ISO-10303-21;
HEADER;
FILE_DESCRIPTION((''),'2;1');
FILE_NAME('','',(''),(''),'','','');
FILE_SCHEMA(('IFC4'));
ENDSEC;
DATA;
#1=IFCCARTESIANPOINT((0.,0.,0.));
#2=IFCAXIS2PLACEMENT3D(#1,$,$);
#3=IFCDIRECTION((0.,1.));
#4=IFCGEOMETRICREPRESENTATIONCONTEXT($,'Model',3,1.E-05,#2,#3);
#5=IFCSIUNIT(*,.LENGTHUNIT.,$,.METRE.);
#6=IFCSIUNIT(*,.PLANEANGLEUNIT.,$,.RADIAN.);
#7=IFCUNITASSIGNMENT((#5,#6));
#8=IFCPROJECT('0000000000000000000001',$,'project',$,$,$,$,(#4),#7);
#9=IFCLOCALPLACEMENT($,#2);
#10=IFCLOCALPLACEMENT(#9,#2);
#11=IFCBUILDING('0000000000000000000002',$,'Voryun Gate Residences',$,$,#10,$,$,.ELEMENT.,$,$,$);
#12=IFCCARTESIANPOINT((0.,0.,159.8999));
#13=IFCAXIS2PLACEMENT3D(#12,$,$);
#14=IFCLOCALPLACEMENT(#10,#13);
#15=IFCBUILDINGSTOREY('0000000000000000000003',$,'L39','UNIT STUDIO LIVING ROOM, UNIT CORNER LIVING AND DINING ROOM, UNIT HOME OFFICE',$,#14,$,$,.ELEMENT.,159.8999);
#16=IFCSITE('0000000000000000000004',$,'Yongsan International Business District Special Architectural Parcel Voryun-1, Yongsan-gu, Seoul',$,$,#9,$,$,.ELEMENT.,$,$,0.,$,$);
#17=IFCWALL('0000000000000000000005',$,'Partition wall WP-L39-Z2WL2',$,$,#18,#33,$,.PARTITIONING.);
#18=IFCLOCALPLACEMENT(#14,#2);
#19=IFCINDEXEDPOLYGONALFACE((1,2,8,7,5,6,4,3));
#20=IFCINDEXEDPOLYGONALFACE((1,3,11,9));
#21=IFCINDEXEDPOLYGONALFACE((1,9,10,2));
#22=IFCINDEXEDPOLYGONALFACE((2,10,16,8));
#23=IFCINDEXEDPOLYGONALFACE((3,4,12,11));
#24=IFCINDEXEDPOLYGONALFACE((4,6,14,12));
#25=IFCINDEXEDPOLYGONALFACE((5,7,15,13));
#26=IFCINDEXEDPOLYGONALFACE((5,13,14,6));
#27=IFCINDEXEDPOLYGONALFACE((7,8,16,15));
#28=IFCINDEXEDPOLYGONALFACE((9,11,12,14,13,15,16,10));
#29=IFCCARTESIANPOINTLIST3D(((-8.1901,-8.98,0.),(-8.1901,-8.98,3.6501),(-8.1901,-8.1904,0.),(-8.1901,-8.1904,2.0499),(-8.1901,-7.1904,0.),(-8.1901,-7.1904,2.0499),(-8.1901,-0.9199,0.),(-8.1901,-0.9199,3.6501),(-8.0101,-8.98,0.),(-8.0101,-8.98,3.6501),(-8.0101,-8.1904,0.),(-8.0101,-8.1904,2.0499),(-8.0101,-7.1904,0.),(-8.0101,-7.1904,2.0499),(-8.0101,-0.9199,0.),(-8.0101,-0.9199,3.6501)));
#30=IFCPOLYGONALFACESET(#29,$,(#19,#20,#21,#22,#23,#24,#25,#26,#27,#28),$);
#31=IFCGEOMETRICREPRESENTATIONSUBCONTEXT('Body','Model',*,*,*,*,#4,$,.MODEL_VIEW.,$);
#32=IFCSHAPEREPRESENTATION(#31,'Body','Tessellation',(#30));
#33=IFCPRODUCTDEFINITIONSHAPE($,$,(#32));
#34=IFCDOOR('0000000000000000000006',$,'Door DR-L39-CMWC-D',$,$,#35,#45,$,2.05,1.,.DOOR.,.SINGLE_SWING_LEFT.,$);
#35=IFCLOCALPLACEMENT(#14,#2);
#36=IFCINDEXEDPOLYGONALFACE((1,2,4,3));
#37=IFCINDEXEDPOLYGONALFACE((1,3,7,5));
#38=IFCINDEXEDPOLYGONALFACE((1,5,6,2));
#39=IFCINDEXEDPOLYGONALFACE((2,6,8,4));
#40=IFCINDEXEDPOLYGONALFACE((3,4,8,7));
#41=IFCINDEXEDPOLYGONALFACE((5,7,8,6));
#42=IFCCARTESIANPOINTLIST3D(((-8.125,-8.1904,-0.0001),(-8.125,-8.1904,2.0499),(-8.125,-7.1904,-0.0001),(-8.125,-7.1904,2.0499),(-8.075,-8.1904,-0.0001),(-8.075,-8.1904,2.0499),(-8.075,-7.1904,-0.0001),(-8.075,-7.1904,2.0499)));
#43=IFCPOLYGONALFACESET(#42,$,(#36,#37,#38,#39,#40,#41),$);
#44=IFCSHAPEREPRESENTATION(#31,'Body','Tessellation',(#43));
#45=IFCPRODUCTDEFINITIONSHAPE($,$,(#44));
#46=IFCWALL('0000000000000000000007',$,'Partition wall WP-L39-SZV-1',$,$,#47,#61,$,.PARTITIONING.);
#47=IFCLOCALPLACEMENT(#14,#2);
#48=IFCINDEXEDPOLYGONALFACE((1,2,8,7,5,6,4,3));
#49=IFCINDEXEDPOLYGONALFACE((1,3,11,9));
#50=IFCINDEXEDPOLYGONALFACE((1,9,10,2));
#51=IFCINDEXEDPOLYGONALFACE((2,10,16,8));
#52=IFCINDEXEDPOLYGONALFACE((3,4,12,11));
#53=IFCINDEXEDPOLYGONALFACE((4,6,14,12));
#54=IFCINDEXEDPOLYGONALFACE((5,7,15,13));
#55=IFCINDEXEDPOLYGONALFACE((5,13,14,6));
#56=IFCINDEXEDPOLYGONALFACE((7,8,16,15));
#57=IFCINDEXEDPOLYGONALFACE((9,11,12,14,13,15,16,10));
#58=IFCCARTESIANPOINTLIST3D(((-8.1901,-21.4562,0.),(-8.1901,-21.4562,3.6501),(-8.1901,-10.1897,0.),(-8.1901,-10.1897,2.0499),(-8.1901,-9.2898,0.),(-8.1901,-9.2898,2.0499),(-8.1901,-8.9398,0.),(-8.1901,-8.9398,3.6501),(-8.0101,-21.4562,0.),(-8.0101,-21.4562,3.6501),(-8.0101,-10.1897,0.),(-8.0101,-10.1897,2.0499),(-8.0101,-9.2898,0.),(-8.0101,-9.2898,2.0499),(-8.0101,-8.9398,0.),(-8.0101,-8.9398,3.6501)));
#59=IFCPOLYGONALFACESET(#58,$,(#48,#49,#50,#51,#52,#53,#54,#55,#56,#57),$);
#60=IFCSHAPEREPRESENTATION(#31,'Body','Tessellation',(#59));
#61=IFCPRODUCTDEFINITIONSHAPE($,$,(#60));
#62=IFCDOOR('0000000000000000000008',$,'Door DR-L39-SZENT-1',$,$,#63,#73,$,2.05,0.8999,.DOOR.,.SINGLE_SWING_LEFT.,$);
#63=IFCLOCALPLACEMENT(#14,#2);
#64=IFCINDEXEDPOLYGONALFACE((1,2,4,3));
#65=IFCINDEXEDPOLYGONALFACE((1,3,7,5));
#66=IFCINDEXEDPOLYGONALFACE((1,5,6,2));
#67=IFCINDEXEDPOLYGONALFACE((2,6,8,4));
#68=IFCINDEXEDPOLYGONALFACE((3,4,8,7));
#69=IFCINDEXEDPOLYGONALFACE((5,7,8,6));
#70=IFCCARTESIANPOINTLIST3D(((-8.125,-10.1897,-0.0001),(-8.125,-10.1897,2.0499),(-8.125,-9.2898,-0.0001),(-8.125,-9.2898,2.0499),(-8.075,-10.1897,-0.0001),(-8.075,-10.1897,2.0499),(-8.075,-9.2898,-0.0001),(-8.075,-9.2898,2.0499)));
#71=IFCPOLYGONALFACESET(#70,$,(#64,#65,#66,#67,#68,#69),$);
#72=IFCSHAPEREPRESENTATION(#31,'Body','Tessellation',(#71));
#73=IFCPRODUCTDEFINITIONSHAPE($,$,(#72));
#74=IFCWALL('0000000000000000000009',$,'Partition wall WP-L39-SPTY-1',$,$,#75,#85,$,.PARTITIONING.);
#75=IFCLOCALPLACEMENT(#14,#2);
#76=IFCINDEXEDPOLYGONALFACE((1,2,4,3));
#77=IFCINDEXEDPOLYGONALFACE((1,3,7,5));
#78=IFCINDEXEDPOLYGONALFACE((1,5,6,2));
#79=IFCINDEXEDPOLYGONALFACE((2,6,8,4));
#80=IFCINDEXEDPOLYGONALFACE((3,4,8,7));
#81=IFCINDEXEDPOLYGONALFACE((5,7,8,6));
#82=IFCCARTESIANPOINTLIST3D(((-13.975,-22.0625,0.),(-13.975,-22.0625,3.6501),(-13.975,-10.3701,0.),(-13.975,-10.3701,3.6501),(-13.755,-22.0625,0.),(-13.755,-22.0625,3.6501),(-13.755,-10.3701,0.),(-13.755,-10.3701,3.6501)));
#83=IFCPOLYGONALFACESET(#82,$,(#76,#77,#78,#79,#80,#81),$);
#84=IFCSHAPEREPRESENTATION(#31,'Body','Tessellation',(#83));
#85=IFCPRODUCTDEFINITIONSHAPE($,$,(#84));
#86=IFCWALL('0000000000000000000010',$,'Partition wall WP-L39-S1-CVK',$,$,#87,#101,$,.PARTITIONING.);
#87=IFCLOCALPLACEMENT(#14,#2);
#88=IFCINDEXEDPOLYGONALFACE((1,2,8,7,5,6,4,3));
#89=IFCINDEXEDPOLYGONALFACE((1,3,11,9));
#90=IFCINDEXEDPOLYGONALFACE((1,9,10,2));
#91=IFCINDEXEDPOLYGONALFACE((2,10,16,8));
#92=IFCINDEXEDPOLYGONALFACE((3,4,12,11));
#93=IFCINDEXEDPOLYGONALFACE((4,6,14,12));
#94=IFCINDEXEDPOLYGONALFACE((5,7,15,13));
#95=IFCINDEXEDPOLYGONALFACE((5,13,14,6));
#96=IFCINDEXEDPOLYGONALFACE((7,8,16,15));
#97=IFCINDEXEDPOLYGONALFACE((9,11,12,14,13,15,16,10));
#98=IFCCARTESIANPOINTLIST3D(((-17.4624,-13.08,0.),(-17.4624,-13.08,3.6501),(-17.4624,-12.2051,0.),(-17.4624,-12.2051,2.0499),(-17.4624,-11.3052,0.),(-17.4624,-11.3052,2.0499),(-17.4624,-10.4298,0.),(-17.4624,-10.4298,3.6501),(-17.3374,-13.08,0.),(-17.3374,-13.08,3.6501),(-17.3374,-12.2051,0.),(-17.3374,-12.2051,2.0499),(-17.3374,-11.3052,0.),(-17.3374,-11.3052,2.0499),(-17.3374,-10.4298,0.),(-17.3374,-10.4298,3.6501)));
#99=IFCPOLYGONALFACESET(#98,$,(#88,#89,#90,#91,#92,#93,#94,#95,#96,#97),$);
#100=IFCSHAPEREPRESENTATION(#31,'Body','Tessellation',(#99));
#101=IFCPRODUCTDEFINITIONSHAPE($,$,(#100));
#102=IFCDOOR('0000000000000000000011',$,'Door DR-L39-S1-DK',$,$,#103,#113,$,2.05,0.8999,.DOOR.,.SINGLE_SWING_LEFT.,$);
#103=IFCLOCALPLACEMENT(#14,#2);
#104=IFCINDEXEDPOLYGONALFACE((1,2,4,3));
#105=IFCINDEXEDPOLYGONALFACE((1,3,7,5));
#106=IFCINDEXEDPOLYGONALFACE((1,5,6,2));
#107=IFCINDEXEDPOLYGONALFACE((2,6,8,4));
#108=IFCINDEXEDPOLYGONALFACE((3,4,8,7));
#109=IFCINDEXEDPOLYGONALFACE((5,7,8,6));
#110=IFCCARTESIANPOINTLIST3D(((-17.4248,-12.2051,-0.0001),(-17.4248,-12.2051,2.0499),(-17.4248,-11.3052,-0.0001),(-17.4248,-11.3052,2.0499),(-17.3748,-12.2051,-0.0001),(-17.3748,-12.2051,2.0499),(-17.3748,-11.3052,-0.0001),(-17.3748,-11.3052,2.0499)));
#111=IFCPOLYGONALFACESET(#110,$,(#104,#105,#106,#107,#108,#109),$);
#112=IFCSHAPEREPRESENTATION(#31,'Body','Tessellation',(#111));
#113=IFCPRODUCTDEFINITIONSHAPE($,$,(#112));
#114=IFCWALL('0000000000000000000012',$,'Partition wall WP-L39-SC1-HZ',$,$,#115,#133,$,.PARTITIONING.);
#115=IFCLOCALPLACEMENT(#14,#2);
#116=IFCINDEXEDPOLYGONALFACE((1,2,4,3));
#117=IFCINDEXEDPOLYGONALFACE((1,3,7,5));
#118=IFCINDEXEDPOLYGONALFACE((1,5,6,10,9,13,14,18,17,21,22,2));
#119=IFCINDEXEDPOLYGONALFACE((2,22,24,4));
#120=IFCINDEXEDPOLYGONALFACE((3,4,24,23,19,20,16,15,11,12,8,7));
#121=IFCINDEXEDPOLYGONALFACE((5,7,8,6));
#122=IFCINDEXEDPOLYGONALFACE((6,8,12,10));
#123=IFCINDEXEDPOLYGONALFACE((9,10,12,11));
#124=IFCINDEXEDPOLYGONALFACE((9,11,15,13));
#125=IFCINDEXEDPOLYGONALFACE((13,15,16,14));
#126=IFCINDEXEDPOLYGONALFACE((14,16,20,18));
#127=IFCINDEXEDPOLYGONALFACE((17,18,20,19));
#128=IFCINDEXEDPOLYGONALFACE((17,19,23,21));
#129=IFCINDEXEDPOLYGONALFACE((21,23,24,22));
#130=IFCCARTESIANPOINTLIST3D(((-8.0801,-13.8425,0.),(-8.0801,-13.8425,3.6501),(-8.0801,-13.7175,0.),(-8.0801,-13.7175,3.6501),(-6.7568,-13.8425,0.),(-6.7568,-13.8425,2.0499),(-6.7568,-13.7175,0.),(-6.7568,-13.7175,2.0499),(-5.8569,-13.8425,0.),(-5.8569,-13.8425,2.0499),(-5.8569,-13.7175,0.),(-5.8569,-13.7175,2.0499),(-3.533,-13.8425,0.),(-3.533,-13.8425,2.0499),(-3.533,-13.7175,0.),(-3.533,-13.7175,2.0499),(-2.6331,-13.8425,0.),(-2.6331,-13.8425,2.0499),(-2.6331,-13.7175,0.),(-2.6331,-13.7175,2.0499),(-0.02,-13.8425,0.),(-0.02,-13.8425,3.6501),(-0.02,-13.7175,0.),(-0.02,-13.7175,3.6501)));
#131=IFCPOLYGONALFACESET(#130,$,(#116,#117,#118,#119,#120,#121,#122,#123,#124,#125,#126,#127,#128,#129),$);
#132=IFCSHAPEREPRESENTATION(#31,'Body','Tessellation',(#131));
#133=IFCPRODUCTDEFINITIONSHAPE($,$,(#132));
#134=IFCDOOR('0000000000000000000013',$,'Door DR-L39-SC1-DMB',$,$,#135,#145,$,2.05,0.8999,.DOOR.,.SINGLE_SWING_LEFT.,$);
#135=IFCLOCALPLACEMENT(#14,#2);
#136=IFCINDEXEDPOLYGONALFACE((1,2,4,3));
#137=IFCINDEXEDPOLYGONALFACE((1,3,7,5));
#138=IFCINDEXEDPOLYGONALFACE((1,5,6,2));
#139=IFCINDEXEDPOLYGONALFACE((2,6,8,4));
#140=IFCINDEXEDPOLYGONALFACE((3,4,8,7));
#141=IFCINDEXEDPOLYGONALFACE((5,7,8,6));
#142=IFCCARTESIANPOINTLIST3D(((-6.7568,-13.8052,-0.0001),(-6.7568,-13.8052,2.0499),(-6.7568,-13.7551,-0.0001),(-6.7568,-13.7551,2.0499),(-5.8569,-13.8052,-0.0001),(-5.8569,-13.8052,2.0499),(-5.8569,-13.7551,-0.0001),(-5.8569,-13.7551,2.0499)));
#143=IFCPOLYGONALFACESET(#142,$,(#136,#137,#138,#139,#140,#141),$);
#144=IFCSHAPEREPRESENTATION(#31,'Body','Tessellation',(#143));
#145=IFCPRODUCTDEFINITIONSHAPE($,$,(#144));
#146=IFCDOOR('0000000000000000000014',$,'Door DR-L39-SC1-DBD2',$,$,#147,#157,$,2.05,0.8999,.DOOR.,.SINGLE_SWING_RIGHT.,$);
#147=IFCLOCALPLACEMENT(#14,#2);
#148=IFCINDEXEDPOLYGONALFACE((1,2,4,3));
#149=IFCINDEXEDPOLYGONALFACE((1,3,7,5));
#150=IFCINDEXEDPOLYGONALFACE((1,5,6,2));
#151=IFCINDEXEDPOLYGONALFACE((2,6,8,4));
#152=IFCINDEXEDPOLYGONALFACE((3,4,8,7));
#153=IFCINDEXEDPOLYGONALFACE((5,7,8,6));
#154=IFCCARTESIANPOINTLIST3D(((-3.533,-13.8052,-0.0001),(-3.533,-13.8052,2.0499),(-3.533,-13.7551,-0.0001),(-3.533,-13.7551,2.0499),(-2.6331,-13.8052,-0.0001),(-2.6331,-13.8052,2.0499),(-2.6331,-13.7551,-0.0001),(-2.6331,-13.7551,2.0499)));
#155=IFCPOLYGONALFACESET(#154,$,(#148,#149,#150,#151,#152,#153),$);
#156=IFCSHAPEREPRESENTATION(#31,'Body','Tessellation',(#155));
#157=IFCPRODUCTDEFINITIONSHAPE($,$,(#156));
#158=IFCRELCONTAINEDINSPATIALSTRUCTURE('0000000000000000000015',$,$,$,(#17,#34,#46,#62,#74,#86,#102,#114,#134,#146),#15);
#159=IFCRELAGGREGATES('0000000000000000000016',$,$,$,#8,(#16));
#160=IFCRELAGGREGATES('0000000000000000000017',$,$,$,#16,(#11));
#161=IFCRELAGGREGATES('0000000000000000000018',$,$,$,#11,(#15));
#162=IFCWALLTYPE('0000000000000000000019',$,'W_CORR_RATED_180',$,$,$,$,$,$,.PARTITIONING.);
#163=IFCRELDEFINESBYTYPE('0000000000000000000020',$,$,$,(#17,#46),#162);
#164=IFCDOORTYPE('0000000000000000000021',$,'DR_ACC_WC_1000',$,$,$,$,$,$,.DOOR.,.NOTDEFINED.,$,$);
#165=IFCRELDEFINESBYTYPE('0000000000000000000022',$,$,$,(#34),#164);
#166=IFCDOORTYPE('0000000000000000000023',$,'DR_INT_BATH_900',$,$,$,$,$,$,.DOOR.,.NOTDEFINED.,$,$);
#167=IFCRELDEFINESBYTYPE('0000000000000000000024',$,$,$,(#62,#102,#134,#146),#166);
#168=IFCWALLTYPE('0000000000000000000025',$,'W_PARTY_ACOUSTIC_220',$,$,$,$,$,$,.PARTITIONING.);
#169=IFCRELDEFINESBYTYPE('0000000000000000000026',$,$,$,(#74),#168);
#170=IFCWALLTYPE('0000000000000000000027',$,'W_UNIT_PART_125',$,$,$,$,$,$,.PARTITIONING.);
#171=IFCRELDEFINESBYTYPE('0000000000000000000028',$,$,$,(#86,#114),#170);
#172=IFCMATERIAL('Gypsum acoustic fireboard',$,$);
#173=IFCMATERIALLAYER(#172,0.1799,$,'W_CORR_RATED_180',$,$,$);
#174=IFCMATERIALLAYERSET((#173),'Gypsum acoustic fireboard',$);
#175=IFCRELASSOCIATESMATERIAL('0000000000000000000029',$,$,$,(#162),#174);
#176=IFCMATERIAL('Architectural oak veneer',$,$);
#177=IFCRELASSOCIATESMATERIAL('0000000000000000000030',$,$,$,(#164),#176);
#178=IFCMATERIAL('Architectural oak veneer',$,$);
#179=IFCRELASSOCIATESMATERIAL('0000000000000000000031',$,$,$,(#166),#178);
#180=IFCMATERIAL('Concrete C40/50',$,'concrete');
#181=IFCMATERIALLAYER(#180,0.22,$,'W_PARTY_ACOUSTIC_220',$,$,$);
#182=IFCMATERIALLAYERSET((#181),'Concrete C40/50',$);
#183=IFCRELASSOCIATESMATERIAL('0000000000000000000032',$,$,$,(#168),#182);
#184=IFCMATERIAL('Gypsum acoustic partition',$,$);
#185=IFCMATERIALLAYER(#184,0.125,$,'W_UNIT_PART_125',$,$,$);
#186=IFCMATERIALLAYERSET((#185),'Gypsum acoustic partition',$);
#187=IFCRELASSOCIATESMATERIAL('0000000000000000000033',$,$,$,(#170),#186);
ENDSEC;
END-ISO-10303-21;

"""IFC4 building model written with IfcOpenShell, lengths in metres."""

from ifc_helpers import new_model, si_unit, direction, frame, frame_2d, origin, place, context, subcontext, project, spatial, rectangle, extrude, material, layer, layer_set, type_object, element, fill, save


model = new_model("IFC4")

# Units and contexts
model_context = context("Model", 3, precision=1e-05, world=origin(), true_north=direction((0.0, 1.0)))
body_context = subcontext(model_context, "Body", "Model", "MODEL_VIEW")
ifc_project = project(units=[si_unit("LENGTHUNIT", "METRE"), si_unit("PLANEANGLEUNIT", "RADIAN")], contexts=[model_context])

# Site, building, storey
site_placement = place(None, origin())
site = spatial("IfcSite", under=ifc_project, at=site_placement, Name="Yongsan International Business District Special Architectural Parcel Voryun-1, Yongsan-gu, Seoul", CompositionType="ELEMENT", RefElevation=0.0)
building_placement = place(site_placement, origin())
building = spatial("IfcBuilding", under=site, at=building_placement, Name="Voryun Gate Residences", CompositionType="ELEMENT")
storey_placement = place(building_placement, frame((0.0, 0.0, 159.8999)))
storey = spatial("IfcBuildingStorey", under=building, at=storey_placement, Name="L39", Description="UNIT STUDIO LIVING ROOM, UNIT CORNER LIVING AND DINING ROOM, UNIT HOME OFFICE", CompositionType="ELEMENT", Elevation=159.8999)

# Shared definitions
ifc_material_1 = material(Name="Gypsum acoustic fireboard")
ifc_layer_1 = layer(ifc_material_1, 0.1799, Name="W_CORR_RATED_180")
ifc_layer_set_1 = layer_set([ifc_layer_1], Name="Gypsum acoustic fireboard")
wall_type_1 = type_object("IfcWallType", Name="W_CORR_RATED_180", PredefinedType="PARTITIONING", material=ifc_layer_set_1)

# Walls, openings, doors
wall_1_placement = place(storey_placement, frame((-8.1001, -8.98, 0.0), z_axis=(0.0, 0.0, 1.0), x_axis=(0.0, 1.0, 0.0)))
wall_1 = element("IfcWall", 1, at=wall_1_placement, inside=storey, type_object=wall_type_1, Name="Partition wall WP-L39-Z2WL2", PredefinedType="PARTITIONING", context=body_context, shape_type="SweptSolid", body=[
    extrude(rectangle(XDim=8.0601, YDim=0.1799, at=frame_2d((4.03, 0.0))), origin(), (0.0, 0.0, 1.0), 3.6501),
])
opening_1_placement = place(wall_1_placement, frame((0.7896, 0.0, 0.0)))
opening_1 = element("IfcOpeningElement", 2, at=opening_1_placement, cuts=wall_1, PredefinedType="OPENING", context=body_context, shape_type="SweptSolid", body=[
    extrude(rectangle(XDim=1.0, YDim=2.05, at=frame_2d((0.5, 1.0249))), frame((0.0, 0.0999, 0.0), z_axis=(0.0, -1.0, 0.0), x_axis=(1.0, 0.0, 0.0)), (0.0, 0.0, 1.0), 0.2),
])
ifc_material_2 = material(Name="Architectural oak veneer")
door_type_1 = type_object("IfcDoorType", Name="DR_ACC_WC_1000", OperationType="NOTDEFINED", PredefinedType="DOOR", material=ifc_material_2)
door_1_placement = place(opening_1_placement, origin())
door_1 = element("IfcDoor", 3, at=door_1_placement, inside=storey, type_object=door_type_1, Name="Door DR-L39-CMWC-D", OperationType="SINGLE_SWING_LEFT", OverallHeight=2.05, OverallWidth=1.0, PredefinedType="DOOR", context=body_context, shape_type="SweptSolid", body=[
    extrude(rectangle(XDim=1.0, YDim=2.05, at=frame_2d((0.5, 1.0249))), frame((0.0, 0.0249, 0.0), z_axis=(0.0, -1.0, 0.0), x_axis=(1.0, 0.0, 0.0)), (0.0, 0.0, 1.0), 0.05),
])
fill(opening_1, door_1)
wall_2_placement = place(storey_placement, frame((-8.1001, -21.4563, 0.0), z_axis=(0.0, 0.0, 1.0), x_axis=(0.0, 1.0, 0.0)))
wall_2 = element("IfcWall", 4, at=wall_2_placement, inside=storey, type_object=wall_type_1, Name="Partition wall WP-L39-SZV-1", PredefinedType="PARTITIONING", context=body_context, shape_type="SweptSolid", body=[
    extrude(rectangle(XDim=12.5164, YDim=0.1799, at=frame_2d((6.2583, 0.0))), origin(), (0.0, 0.0, 1.0), 3.6501),
])
opening_2_placement = place(wall_2_placement, frame((11.2666, 0.0, 0.0)))
opening_2 = element("IfcOpeningElement", 5, at=opening_2_placement, cuts=wall_2, PredefinedType="OPENING", context=body_context, shape_type="SweptSolid", body=[
    extrude(rectangle(XDim=0.8999, YDim=2.05, at=frame_2d((0.45, 1.0249))), frame((0.0, 0.0999, 0.0), z_axis=(0.0, -1.0, 0.0), x_axis=(1.0, 0.0, 0.0)), (0.0, 0.0, 1.0), 0.2),
])
ifc_material_3 = material(Name="Architectural oak veneer")
door_type_2 = type_object("IfcDoorType", Name="DR_INT_BATH_900", OperationType="NOTDEFINED", PredefinedType="DOOR", material=ifc_material_3)
door_2_placement = place(opening_2_placement, origin())
door_2 = element("IfcDoor", 6, at=door_2_placement, inside=storey, type_object=door_type_2, Name="Door DR-L39-SZENT-1", OperationType="SINGLE_SWING_LEFT", OverallHeight=2.05, OverallWidth=0.8999, PredefinedType="DOOR", context=body_context, shape_type="SweptSolid", body=[
    extrude(rectangle(XDim=0.8999, YDim=2.05, at=frame_2d((0.45, 1.0249))), frame((0.0, 0.0249, 0.0), z_axis=(0.0, -1.0, 0.0), x_axis=(1.0, 0.0, 0.0)), (0.0, 0.0, 1.0), 0.05),
])
fill(opening_2, door_2)

# Wall
ifc_material_4 = material(Name="Concrete C40/50", Category="concrete")
ifc_layer_2 = layer(ifc_material_4, 0.22, Name="W_PARTY_ACOUSTIC_220")
ifc_layer_set_2 = layer_set([ifc_layer_2], Name="Concrete C40/50")
wall_type_2 = type_object("IfcWallType", Name="W_PARTY_ACOUSTIC_220", PredefinedType="PARTITIONING", material=ifc_layer_set_2)
wall_3_placement = place(storey_placement, frame((-13.865, -22.0625, 0.0), z_axis=(0.0, 0.0, 1.0), x_axis=(0.0, 1.0, 0.0)))
element("IfcWall", 7, at=wall_3_placement, inside=storey, type_object=wall_type_2, Name="Partition wall WP-L39-SPTY-1", PredefinedType="PARTITIONING", context=body_context, shape_type="SweptSolid", body=[
    extrude(rectangle(XDim=11.6924, YDim=0.22, at=frame_2d((5.8462, 0.0))), origin(), (0.0, 0.0, 1.0), 3.6501),
])

# Wall, opening, door
ifc_material_5 = material(Name="Gypsum acoustic partition")
ifc_layer_3 = layer(ifc_material_5, 0.125, Name="W_UNIT_PART_125")
ifc_layer_set_3 = layer_set([ifc_layer_3], Name="Gypsum acoustic partition")
wall_type_3 = type_object("IfcWallType", Name="W_UNIT_PART_125", PredefinedType="PARTITIONING", material=ifc_layer_set_3)
wall_4_placement = place(storey_placement, frame((-17.3999, -13.0801, 0.0), z_axis=(0.0, 0.0, 1.0), x_axis=(0.0, 1.0, 0.0)))
wall_4 = element("IfcWall", 8, at=wall_4_placement, inside=storey, type_object=wall_type_3, Name="Partition wall WP-L39-S1-CVK", PredefinedType="PARTITIONING", context=body_context, shape_type="SweptSolid", body=[
    extrude(rectangle(XDim=2.6501, YDim=0.125, at=frame_2d((1.3252, 0.0))), origin(), (0.0, 0.0, 1.0), 3.6501),
])
opening_3_placement = place(wall_4_placement, frame((0.875, 0.0, 0.0)))
opening_3 = element("IfcOpeningElement", 9, at=opening_3_placement, cuts=wall_4, PredefinedType="OPENING", context=body_context, shape_type="SweptSolid", body=[
    extrude(rectangle(XDim=0.8999, YDim=2.05, at=frame_2d((0.45, 1.0249))), frame((0.0, 0.0725, 0.0), z_axis=(0.0, -1.0, 0.0), x_axis=(1.0, 0.0, 0.0)), (0.0, 0.0, 1.0), 0.145),
])
door_3_placement = place(opening_3_placement, origin())
door_3 = element("IfcDoor", 10, at=door_3_placement, inside=storey, type_object=door_type_2, Name="Door DR-L39-S1-DK", OperationType="SINGLE_SWING_LEFT", OverallHeight=2.05, OverallWidth=0.8999, PredefinedType="DOOR", context=body_context, shape_type="SweptSolid", body=[
    extrude(rectangle(XDim=0.8999, YDim=2.05, at=frame_2d((0.45, 1.0249))), frame((0.0, 0.0249, 0.0), z_axis=(0.0, -1.0, 0.0), x_axis=(1.0, 0.0, 0.0)), (0.0, 0.0, 1.0), 0.05),
])
fill(opening_3, door_3)

# Wall, openings, doors
wall_5_placement = place(storey_placement, frame((-8.0801, -13.78, 0.0), z_axis=(0.0, 0.0, 1.0), x_axis=(1.0, 0.0, 0.0)))
wall_5 = element("IfcWall", 11, at=wall_5_placement, inside=storey, type_object=wall_type_3, Name="Partition wall WP-L39-SC1-HZ", PredefinedType="PARTITIONING", context=body_context, shape_type="SweptSolid", body=[
    extrude(rectangle(XDim=8.0601, YDim=0.125, at=frame_2d((4.03, 0.0))), origin(), (0.0, 0.0, 1.0), 3.6501),
])
opening_4_placement = place(wall_5_placement, frame((1.3232, 0.0, 0.0)))
opening_4 = element("IfcOpeningElement", 12, at=opening_4_placement, cuts=wall_5, PredefinedType="OPENING", context=body_context, shape_type="SweptSolid", body=[
    extrude(rectangle(XDim=0.8999, YDim=2.05, at=frame_2d((0.45, 1.0249))), frame((0.0, 0.0725, 0.0), z_axis=(0.0, -1.0, 0.0), x_axis=(1.0, 0.0, 0.0)), (0.0, 0.0, 1.0), 0.145),
])
opening_5_placement = place(wall_5_placement, frame((4.5471, 0.0, 0.0)))
opening_5 = element("IfcOpeningElement", 13, at=opening_5_placement, cuts=wall_5, PredefinedType="OPENING", context=body_context, shape_type="SweptSolid", body=[
    extrude(rectangle(XDim=0.8999, YDim=2.05, at=frame_2d((0.45, 1.0249))), frame((0.0, 0.0725, 0.0), z_axis=(0.0, -1.0, 0.0), x_axis=(1.0, 0.0, 0.0)), (0.0, 0.0, 1.0), 0.145),
])
door_4_placement = place(opening_4_placement, origin())
door_4 = element("IfcDoor", 14, at=door_4_placement, inside=storey, type_object=door_type_2, Name="Door DR-L39-SC1-DMB", OperationType="SINGLE_SWING_LEFT", OverallHeight=2.05, OverallWidth=0.8999, PredefinedType="DOOR", context=body_context, shape_type="SweptSolid", body=[
    extrude(rectangle(XDim=0.8999, YDim=2.05, at=frame_2d((0.45, 1.0249))), frame((0.0, 0.0249, 0.0), z_axis=(0.0, -1.0, 0.0), x_axis=(1.0, 0.0, 0.0)), (0.0, 0.0, 1.0), 0.05),
])
fill(opening_4, door_4)
door_5_placement = place(opening_5_placement, origin())
door_5 = element("IfcDoor", 15, at=door_5_placement, inside=storey, type_object=door_type_2, Name="Door DR-L39-SC1-DBD2", OperationType="SINGLE_SWING_RIGHT", OverallHeight=2.05, OverallWidth=0.8999, PredefinedType="DOOR", context=body_context, shape_type="SweptSolid", body=[
    extrude(rectangle(XDim=0.8999, YDim=2.05, at=frame_2d((0.45, 1.0249))), frame((0.0, 0.0249, 0.0), z_axis=(0.0, -1.0, 0.0), x_axis=(1.0, 0.0, 0.0)), (0.0, 0.0, 1.0), 0.05),
])
fill(opening_5, door_5)

save(model, "model.ifc")
